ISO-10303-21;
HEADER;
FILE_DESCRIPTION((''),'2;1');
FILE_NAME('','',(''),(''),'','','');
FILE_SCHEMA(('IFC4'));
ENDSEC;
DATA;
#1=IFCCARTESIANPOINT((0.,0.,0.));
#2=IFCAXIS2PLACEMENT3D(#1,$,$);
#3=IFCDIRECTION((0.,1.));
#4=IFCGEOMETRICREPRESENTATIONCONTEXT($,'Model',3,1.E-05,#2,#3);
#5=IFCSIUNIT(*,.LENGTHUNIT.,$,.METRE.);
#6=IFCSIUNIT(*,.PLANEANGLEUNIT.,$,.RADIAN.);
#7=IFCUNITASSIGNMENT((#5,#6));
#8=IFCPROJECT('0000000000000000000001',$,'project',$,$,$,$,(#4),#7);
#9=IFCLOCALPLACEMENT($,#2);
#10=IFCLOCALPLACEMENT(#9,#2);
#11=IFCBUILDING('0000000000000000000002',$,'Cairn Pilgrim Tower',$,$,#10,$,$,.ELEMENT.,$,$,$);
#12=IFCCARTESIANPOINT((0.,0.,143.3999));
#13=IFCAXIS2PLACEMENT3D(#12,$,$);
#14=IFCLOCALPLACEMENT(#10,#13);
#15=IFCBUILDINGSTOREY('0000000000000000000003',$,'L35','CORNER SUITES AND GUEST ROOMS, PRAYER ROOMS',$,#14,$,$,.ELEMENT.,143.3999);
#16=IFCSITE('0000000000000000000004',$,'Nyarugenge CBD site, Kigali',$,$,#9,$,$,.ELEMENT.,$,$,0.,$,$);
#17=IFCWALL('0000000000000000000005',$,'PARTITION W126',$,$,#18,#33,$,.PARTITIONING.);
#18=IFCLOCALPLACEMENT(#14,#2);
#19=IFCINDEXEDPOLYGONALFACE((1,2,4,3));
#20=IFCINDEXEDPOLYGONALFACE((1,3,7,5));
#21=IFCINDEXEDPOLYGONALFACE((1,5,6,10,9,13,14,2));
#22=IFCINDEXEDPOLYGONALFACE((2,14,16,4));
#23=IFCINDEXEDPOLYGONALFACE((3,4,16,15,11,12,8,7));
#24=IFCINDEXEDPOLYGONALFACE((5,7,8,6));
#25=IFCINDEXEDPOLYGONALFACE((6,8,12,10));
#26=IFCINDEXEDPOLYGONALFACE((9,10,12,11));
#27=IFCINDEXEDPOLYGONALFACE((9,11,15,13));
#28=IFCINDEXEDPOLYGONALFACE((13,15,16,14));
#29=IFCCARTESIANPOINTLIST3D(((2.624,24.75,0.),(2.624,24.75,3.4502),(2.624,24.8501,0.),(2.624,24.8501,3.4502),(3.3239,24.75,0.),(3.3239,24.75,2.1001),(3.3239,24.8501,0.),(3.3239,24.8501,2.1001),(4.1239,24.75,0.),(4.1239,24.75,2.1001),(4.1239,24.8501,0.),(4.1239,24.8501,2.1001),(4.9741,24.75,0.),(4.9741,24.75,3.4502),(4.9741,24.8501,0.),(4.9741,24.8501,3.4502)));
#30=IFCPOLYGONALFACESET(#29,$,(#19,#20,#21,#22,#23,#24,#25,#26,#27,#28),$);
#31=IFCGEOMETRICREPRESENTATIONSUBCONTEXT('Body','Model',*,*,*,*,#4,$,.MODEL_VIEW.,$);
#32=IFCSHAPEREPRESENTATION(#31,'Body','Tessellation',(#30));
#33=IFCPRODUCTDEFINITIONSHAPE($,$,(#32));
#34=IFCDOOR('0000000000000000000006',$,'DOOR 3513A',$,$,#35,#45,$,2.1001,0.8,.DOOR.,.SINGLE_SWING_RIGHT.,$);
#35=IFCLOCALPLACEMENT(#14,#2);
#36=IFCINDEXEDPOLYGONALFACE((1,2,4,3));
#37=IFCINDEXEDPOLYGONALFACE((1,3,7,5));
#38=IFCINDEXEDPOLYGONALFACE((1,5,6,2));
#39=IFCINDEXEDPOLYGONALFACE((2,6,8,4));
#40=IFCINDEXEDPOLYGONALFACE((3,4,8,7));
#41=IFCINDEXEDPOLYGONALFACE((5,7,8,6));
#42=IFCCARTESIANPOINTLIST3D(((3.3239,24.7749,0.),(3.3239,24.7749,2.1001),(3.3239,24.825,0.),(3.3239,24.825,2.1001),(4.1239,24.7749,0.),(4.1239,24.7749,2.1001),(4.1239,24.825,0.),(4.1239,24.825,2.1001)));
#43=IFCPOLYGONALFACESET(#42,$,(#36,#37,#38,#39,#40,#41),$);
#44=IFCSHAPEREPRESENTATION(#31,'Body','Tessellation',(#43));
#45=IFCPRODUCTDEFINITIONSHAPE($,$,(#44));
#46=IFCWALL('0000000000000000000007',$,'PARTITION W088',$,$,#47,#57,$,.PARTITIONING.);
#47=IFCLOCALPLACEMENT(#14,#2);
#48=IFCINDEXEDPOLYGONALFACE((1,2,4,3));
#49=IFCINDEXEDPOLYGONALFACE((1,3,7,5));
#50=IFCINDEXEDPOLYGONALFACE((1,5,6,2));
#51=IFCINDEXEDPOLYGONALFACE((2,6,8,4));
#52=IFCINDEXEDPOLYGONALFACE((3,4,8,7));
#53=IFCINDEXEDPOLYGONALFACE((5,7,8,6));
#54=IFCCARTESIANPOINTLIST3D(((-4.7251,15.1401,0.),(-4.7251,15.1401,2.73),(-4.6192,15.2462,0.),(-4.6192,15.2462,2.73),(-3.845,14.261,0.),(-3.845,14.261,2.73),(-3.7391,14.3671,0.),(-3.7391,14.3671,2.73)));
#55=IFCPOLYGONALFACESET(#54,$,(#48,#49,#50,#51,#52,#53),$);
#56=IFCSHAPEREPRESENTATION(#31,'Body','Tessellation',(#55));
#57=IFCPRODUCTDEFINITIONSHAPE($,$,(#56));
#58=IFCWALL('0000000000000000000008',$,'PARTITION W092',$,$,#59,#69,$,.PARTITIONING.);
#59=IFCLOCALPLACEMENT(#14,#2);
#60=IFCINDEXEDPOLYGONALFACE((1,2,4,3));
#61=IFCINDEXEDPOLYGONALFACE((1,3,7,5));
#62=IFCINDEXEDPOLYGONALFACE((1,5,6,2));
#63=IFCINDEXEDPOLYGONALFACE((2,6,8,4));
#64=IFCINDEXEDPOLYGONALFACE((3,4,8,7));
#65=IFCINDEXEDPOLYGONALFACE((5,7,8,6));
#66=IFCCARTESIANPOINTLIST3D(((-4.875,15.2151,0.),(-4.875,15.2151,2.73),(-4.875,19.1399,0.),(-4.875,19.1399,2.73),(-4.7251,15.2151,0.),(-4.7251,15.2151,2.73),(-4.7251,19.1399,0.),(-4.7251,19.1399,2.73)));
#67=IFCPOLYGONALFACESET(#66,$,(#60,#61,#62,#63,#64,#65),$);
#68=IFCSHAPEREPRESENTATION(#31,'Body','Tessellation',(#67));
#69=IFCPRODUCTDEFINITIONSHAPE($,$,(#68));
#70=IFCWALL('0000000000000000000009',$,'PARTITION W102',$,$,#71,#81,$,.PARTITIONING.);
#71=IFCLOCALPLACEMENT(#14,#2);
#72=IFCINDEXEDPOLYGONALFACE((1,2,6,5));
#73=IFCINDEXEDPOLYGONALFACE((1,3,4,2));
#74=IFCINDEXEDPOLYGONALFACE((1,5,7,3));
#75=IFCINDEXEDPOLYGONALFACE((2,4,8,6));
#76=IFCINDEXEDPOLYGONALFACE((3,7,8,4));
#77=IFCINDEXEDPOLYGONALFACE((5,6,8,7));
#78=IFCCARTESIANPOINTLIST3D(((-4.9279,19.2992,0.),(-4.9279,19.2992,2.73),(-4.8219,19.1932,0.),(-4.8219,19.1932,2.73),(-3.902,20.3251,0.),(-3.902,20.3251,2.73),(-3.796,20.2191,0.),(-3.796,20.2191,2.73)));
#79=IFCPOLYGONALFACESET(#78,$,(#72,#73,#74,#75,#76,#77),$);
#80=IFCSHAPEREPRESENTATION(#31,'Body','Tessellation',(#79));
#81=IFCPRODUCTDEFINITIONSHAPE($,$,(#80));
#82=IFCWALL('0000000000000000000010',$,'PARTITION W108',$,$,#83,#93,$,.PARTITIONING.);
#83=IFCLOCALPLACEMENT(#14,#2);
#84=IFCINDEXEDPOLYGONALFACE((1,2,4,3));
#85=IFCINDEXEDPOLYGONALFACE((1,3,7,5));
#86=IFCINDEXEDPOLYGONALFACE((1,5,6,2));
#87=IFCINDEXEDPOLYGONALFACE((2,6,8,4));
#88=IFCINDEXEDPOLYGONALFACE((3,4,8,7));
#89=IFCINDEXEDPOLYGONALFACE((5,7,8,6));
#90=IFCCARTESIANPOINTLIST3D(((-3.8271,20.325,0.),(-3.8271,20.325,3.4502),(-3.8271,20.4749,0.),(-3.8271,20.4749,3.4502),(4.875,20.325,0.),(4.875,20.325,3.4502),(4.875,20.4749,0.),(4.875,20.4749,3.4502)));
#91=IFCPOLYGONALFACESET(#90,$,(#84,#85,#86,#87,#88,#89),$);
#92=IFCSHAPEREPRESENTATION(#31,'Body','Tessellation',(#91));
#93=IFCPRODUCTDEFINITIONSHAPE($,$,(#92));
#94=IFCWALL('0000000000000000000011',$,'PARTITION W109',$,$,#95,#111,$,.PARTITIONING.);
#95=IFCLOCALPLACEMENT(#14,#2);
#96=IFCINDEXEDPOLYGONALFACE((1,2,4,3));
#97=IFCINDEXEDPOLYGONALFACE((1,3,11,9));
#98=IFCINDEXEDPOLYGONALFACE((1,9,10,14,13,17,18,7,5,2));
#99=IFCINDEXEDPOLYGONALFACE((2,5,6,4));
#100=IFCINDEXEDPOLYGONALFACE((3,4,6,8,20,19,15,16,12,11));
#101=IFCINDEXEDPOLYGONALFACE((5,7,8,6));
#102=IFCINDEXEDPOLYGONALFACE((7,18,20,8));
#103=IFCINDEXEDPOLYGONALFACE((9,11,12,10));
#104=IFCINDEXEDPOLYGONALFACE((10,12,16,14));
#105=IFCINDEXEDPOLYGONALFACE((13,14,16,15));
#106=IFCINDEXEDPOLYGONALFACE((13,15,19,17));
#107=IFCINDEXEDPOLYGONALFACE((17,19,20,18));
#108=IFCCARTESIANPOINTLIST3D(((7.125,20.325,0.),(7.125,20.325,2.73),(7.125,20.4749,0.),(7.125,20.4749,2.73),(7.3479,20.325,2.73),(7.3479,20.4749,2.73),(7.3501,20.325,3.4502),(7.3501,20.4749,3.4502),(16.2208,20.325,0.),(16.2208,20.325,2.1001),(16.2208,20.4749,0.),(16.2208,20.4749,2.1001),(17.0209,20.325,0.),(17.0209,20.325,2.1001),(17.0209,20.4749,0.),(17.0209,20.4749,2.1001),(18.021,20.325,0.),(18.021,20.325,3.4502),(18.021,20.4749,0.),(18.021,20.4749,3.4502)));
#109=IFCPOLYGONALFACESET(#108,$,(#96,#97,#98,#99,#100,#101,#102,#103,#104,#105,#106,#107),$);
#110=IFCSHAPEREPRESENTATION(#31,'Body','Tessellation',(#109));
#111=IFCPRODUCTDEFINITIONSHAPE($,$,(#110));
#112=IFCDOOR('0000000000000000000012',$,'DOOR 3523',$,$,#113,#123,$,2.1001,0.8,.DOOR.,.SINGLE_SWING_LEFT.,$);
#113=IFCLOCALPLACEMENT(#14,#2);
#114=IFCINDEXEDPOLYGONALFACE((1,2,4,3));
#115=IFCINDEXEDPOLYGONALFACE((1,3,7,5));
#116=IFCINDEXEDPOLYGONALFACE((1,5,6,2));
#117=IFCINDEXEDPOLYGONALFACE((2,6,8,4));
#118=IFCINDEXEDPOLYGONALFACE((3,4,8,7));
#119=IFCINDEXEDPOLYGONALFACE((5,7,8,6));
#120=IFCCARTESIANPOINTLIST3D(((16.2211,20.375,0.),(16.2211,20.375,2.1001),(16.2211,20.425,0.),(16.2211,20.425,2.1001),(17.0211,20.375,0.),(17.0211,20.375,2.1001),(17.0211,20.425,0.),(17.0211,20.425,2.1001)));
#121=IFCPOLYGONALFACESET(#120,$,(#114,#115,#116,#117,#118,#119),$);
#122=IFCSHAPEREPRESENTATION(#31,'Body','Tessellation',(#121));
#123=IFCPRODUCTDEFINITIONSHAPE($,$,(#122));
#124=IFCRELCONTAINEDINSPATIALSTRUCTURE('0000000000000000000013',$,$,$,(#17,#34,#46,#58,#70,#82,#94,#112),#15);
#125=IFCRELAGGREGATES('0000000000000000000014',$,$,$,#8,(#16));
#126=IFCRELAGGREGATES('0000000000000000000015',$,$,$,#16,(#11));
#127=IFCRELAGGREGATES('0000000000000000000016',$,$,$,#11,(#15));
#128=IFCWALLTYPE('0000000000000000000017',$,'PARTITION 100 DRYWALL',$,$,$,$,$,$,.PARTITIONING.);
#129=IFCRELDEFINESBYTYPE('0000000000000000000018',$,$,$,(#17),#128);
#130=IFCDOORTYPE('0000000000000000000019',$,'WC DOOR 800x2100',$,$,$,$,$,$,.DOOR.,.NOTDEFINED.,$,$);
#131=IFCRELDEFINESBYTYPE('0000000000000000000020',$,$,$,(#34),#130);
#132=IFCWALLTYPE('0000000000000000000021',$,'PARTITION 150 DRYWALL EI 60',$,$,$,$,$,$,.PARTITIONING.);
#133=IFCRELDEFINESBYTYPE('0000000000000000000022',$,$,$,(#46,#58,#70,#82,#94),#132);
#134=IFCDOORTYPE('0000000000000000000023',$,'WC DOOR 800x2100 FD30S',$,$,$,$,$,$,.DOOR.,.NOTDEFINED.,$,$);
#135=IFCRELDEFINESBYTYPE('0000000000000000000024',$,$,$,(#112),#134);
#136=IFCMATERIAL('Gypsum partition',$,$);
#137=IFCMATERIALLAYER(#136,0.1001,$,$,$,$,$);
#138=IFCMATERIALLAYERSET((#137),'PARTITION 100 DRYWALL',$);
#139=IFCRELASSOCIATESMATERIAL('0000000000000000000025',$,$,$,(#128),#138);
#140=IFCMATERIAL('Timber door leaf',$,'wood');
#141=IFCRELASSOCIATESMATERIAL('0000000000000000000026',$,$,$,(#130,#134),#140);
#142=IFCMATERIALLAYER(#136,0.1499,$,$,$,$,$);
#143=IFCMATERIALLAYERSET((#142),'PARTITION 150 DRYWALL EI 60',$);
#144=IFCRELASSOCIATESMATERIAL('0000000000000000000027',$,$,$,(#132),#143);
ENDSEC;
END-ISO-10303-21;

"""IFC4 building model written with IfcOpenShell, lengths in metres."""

from ifc_helpers import new_model, si_unit, direction, frame, frame_2d, origin, place, context, subcontext, project, spatial, polyline, rectangle, outline, extrude, material, layer, layer_set, type_object, element, fill, save


model = new_model("IFC4")

# Units and contexts
model_context = context("Model", 3, precision=1e-05, world=origin(), true_north=direction((0.0, 1.0)))
body_context = subcontext(model_context, "Body", "Model", "MODEL_VIEW")
ifc_project = project(units=[si_unit("LENGTHUNIT", "METRE"), si_unit("PLANEANGLEUNIT", "RADIAN")], contexts=[model_context])

# Site, building, storey
site_placement = place(None, origin())
site = spatial("IfcSite", under=ifc_project, at=site_placement, Name="Nyarugenge CBD site, Kigali", CompositionType="ELEMENT", RefElevation=0.0)
building_placement = place(site_placement, origin())
building = spatial("IfcBuilding", under=site, at=building_placement, Name="Cairn Pilgrim Tower", CompositionType="ELEMENT")
storey_placement = place(building_placement, frame((0.0, 0.0, 143.3999)))
storey = spatial("IfcBuildingStorey", under=building, at=storey_placement, Name="L35", Description="CORNER SUITES AND GUEST ROOMS, PRAYER ROOMS", CompositionType="ELEMENT", Elevation=143.3999)

# Shared definitions
ifc_material_1 = material(Name="Gypsum partition")
ifc_layer_1 = layer(ifc_material_1, 0.1001)
ifc_layer_set_1 = layer_set([ifc_layer_1], Name="PARTITION 100 DRYWALL")
wall_type_1 = type_object("IfcWallType", Name="PARTITION 100 DRYWALL", PredefinedType="PARTITIONING", material=ifc_layer_set_1)
ifc_material_2 = material(Name="Timber door leaf", Category="wood")
door_type_1 = type_object("IfcDoorType", Name="WC DOOR 800x2100", OperationType="NOTDEFINED", PredefinedType="DOOR", material=ifc_material_2)

# Wall, opening, door
wall_1_placement = place(storey_placement, frame((2.624, 24.8, 0.0), z_axis=(0.0, 0.0, 1.0), x_axis=(1.0, 0.0, 0.0)))
wall_1 = element("IfcWall", 1, at=wall_1_placement, inside=storey, type_object=wall_type_1, Name="PARTITION W126", PredefinedType="PARTITIONING", context=body_context, shape_type="SweptSolid", body=[
    extrude(rectangle(XDim=2.3501, YDim=0.1001, at=frame_2d((1.175, 0.0))), origin(), (0.0, 0.0, 1.0), 3.4502),
])
opening_1_placement = place(wall_1_placement, frame((0.7, 0.0, 0.0)))
opening_1 = element("IfcOpeningElement", 2, at=opening_1_placement, cuts=wall_1, PredefinedType="OPENING", context=body_context, shape_type="SweptSolid", body=[
    extrude(rectangle(XDim=0.8, YDim=2.1001, at=frame_2d((0.3999, 1.05))), frame((0.0, 0.0601, 0.0), z_axis=(0.0, -1.0, 0.0), x_axis=(1.0, 0.0, 0.0)), (0.0, 0.0, 1.0), 0.1201),
])
door_1_placement = place(opening_1_placement, origin())
door_1 = element("IfcDoor", 3, at=door_1_placement, inside=storey, type_object=door_type_1, Name="DOOR 3513A", OperationType="SINGLE_SWING_RIGHT", OverallHeight=2.1001, OverallWidth=0.8, PredefinedType="DOOR", context=body_context, shape_type="SweptSolid", body=[
    extrude(rectangle(XDim=0.8, YDim=2.1001, at=frame_2d((0.3999, 1.05))), frame((0.0, 0.0249, 0.0), z_axis=(0.0, -1.0, 0.0), x_axis=(1.0, 0.0, 0.0)), (0.0, 0.0, 1.0), 0.05),
])
fill(opening_1, door_1)

# Walls
ifc_layer_2 = layer(ifc_material_1, 0.1499)
ifc_layer_set_2 = layer_set([ifc_layer_2], Name="PARTITION 150 DRYWALL EI 60")
wall_type_2 = type_object("IfcWallType", Name="PARTITION 150 DRYWALL EI 60", PredefinedType="PARTITIONING", material=ifc_layer_set_2)
wall_2_placement = place(storey_placement, frame((-3.792, 14.314, 0.0), z_axis=(0.0, 0.0, 1.0), x_axis=(-0.707499, 0.706714, 0.0)))
element("IfcWall", 4, at=wall_2_placement, inside=storey, type_object=wall_type_2, Name="PARTITION W088", PredefinedType="PARTITIONING", context=body_context, shape_type="SweptSolid", body=[
    extrude(rectangle(XDim=1.2439, YDim=0.1499, at=frame_2d((0.6221, 0.0))), origin(), (0.0, 0.0, 1.0), 2.73),
])
wall_3_placement = place(storey_placement, frame((-4.8, 15.2151, 0.0), z_axis=(0.0, 0.0, 1.0), x_axis=(0.0, 1.0, 0.0)))
element("IfcWall", 5, at=wall_3_placement, inside=storey, type_object=wall_type_2, Name="PARTITION W092", PredefinedType="PARTITIONING", context=body_context, shape_type="SweptSolid", body=[
    extrude(rectangle(XDim=3.9248, YDim=0.1499, at=frame_2d((1.9624, 0.0))), origin(), (0.0, 0.0, 1.0), 2.73),
])
wall_4_placement = place(storey_placement, frame((-4.875, 19.2461, 0.0), z_axis=(0.0, 0.0, 1.0), x_axis=(0.707107, 0.707107, 0.0)))
element("IfcWall", 6, at=wall_4_placement, inside=storey, type_object=wall_type_2, Name="PARTITION W102", PredefinedType="PARTITIONING", context=body_context, shape_type="SweptSolid", body=[
    extrude(rectangle(XDim=1.4509, YDim=0.1499, at=frame_2d((0.7256, 0.0))), origin(), (0.0, 0.0, 1.0), 2.73),
])
wall_5_placement = place(storey_placement, frame((-3.8271, 20.3999, 0.0), z_axis=(0.0, 0.0, 1.0), x_axis=(1.0, 0.0, 0.0)))
element("IfcWall", 7, at=wall_5_placement, inside=storey, type_object=wall_type_2, Name="PARTITION W108", PredefinedType="PARTITIONING", context=body_context, shape_type="SweptSolid", body=[
    extrude(rectangle(XDim=8.7021, YDim=0.1499, at=frame_2d((4.3511, 0.0))), origin(), (0.0, 0.0, 1.0), 3.4502),
])

# Wall, opening, door
wall_6_placement = place(storey_placement, frame((7.125, 20.3999, 0.0), z_axis=(0.0, 0.0, 1.0), x_axis=(1.0, 0.0, 0.0)))
wall_6 = element("IfcWall", 8, at=wall_6_placement, inside=storey, type_object=wall_type_2, Name="PARTITION W109", PredefinedType="PARTITIONING", context=body_context, shape_type="SweptSolid", body=[
    extrude(outline(polyline([(0.0, 0.0), (10.896, 0.0), (10.896, 3.4502), (0.2251, 3.4502), (0.2229, 2.73), (0.0, 2.73), (0.0, 0.0)])), frame((0.0, 0.075, 0.0), z_axis=(0.0, -1.0, 0.0), x_axis=(1.0, 0.0, 0.0)), (0.0, 0.0, 1.0), 0.1499),
])
opening_2_placement = place(wall_6_placement, frame((9.0959, 0.0, 0.0)))
opening_2 = element("IfcOpeningElement", 9, at=opening_2_placement, cuts=wall_6, PredefinedType="OPENING", context=body_context, shape_type="SweptSolid", body=[
    extrude(rectangle(XDim=0.8, YDim=2.1001, at=frame_2d((0.3999, 1.05))), frame((0.0, 0.085, 0.0), z_axis=(0.0, -1.0, 0.0), x_axis=(1.0, 0.0, 0.0)), (0.0, 0.0, 1.0), 0.1699),
])
door_type_2 = type_object("IfcDoorType", Name="WC DOOR 800x2100 FD30S", OperationType="NOTDEFINED", PredefinedType="DOOR", material=ifc_material_2)
door_2_placement = place(opening_2_placement, frame((0.8, 0.0, 0.0), z_axis=(0.0, 0.0, 1.0), x_axis=(-1.0, 0.0, 0.0)))
door_2 = element("IfcDoor", 10, at=door_2_placement, inside=storey, type_object=door_type_2, Name="DOOR 3523", OperationType="SINGLE_SWING_LEFT", OverallHeight=2.1001, OverallWidth=0.8, PredefinedType="DOOR", context=body_context, shape_type="SweptSolid", body=[
    extrude(rectangle(XDim=0.8, YDim=2.1001, at=frame_2d((0.3999, 1.05))), frame((0.0, 0.0249, 0.0), z_axis=(0.0, -1.0, 0.0), x_axis=(1.0, 0.0, 0.0)), (0.0, 0.0, 1.0), 0.05),
])
fill(opening_2, door_2)

save(model, "model.ifc")
